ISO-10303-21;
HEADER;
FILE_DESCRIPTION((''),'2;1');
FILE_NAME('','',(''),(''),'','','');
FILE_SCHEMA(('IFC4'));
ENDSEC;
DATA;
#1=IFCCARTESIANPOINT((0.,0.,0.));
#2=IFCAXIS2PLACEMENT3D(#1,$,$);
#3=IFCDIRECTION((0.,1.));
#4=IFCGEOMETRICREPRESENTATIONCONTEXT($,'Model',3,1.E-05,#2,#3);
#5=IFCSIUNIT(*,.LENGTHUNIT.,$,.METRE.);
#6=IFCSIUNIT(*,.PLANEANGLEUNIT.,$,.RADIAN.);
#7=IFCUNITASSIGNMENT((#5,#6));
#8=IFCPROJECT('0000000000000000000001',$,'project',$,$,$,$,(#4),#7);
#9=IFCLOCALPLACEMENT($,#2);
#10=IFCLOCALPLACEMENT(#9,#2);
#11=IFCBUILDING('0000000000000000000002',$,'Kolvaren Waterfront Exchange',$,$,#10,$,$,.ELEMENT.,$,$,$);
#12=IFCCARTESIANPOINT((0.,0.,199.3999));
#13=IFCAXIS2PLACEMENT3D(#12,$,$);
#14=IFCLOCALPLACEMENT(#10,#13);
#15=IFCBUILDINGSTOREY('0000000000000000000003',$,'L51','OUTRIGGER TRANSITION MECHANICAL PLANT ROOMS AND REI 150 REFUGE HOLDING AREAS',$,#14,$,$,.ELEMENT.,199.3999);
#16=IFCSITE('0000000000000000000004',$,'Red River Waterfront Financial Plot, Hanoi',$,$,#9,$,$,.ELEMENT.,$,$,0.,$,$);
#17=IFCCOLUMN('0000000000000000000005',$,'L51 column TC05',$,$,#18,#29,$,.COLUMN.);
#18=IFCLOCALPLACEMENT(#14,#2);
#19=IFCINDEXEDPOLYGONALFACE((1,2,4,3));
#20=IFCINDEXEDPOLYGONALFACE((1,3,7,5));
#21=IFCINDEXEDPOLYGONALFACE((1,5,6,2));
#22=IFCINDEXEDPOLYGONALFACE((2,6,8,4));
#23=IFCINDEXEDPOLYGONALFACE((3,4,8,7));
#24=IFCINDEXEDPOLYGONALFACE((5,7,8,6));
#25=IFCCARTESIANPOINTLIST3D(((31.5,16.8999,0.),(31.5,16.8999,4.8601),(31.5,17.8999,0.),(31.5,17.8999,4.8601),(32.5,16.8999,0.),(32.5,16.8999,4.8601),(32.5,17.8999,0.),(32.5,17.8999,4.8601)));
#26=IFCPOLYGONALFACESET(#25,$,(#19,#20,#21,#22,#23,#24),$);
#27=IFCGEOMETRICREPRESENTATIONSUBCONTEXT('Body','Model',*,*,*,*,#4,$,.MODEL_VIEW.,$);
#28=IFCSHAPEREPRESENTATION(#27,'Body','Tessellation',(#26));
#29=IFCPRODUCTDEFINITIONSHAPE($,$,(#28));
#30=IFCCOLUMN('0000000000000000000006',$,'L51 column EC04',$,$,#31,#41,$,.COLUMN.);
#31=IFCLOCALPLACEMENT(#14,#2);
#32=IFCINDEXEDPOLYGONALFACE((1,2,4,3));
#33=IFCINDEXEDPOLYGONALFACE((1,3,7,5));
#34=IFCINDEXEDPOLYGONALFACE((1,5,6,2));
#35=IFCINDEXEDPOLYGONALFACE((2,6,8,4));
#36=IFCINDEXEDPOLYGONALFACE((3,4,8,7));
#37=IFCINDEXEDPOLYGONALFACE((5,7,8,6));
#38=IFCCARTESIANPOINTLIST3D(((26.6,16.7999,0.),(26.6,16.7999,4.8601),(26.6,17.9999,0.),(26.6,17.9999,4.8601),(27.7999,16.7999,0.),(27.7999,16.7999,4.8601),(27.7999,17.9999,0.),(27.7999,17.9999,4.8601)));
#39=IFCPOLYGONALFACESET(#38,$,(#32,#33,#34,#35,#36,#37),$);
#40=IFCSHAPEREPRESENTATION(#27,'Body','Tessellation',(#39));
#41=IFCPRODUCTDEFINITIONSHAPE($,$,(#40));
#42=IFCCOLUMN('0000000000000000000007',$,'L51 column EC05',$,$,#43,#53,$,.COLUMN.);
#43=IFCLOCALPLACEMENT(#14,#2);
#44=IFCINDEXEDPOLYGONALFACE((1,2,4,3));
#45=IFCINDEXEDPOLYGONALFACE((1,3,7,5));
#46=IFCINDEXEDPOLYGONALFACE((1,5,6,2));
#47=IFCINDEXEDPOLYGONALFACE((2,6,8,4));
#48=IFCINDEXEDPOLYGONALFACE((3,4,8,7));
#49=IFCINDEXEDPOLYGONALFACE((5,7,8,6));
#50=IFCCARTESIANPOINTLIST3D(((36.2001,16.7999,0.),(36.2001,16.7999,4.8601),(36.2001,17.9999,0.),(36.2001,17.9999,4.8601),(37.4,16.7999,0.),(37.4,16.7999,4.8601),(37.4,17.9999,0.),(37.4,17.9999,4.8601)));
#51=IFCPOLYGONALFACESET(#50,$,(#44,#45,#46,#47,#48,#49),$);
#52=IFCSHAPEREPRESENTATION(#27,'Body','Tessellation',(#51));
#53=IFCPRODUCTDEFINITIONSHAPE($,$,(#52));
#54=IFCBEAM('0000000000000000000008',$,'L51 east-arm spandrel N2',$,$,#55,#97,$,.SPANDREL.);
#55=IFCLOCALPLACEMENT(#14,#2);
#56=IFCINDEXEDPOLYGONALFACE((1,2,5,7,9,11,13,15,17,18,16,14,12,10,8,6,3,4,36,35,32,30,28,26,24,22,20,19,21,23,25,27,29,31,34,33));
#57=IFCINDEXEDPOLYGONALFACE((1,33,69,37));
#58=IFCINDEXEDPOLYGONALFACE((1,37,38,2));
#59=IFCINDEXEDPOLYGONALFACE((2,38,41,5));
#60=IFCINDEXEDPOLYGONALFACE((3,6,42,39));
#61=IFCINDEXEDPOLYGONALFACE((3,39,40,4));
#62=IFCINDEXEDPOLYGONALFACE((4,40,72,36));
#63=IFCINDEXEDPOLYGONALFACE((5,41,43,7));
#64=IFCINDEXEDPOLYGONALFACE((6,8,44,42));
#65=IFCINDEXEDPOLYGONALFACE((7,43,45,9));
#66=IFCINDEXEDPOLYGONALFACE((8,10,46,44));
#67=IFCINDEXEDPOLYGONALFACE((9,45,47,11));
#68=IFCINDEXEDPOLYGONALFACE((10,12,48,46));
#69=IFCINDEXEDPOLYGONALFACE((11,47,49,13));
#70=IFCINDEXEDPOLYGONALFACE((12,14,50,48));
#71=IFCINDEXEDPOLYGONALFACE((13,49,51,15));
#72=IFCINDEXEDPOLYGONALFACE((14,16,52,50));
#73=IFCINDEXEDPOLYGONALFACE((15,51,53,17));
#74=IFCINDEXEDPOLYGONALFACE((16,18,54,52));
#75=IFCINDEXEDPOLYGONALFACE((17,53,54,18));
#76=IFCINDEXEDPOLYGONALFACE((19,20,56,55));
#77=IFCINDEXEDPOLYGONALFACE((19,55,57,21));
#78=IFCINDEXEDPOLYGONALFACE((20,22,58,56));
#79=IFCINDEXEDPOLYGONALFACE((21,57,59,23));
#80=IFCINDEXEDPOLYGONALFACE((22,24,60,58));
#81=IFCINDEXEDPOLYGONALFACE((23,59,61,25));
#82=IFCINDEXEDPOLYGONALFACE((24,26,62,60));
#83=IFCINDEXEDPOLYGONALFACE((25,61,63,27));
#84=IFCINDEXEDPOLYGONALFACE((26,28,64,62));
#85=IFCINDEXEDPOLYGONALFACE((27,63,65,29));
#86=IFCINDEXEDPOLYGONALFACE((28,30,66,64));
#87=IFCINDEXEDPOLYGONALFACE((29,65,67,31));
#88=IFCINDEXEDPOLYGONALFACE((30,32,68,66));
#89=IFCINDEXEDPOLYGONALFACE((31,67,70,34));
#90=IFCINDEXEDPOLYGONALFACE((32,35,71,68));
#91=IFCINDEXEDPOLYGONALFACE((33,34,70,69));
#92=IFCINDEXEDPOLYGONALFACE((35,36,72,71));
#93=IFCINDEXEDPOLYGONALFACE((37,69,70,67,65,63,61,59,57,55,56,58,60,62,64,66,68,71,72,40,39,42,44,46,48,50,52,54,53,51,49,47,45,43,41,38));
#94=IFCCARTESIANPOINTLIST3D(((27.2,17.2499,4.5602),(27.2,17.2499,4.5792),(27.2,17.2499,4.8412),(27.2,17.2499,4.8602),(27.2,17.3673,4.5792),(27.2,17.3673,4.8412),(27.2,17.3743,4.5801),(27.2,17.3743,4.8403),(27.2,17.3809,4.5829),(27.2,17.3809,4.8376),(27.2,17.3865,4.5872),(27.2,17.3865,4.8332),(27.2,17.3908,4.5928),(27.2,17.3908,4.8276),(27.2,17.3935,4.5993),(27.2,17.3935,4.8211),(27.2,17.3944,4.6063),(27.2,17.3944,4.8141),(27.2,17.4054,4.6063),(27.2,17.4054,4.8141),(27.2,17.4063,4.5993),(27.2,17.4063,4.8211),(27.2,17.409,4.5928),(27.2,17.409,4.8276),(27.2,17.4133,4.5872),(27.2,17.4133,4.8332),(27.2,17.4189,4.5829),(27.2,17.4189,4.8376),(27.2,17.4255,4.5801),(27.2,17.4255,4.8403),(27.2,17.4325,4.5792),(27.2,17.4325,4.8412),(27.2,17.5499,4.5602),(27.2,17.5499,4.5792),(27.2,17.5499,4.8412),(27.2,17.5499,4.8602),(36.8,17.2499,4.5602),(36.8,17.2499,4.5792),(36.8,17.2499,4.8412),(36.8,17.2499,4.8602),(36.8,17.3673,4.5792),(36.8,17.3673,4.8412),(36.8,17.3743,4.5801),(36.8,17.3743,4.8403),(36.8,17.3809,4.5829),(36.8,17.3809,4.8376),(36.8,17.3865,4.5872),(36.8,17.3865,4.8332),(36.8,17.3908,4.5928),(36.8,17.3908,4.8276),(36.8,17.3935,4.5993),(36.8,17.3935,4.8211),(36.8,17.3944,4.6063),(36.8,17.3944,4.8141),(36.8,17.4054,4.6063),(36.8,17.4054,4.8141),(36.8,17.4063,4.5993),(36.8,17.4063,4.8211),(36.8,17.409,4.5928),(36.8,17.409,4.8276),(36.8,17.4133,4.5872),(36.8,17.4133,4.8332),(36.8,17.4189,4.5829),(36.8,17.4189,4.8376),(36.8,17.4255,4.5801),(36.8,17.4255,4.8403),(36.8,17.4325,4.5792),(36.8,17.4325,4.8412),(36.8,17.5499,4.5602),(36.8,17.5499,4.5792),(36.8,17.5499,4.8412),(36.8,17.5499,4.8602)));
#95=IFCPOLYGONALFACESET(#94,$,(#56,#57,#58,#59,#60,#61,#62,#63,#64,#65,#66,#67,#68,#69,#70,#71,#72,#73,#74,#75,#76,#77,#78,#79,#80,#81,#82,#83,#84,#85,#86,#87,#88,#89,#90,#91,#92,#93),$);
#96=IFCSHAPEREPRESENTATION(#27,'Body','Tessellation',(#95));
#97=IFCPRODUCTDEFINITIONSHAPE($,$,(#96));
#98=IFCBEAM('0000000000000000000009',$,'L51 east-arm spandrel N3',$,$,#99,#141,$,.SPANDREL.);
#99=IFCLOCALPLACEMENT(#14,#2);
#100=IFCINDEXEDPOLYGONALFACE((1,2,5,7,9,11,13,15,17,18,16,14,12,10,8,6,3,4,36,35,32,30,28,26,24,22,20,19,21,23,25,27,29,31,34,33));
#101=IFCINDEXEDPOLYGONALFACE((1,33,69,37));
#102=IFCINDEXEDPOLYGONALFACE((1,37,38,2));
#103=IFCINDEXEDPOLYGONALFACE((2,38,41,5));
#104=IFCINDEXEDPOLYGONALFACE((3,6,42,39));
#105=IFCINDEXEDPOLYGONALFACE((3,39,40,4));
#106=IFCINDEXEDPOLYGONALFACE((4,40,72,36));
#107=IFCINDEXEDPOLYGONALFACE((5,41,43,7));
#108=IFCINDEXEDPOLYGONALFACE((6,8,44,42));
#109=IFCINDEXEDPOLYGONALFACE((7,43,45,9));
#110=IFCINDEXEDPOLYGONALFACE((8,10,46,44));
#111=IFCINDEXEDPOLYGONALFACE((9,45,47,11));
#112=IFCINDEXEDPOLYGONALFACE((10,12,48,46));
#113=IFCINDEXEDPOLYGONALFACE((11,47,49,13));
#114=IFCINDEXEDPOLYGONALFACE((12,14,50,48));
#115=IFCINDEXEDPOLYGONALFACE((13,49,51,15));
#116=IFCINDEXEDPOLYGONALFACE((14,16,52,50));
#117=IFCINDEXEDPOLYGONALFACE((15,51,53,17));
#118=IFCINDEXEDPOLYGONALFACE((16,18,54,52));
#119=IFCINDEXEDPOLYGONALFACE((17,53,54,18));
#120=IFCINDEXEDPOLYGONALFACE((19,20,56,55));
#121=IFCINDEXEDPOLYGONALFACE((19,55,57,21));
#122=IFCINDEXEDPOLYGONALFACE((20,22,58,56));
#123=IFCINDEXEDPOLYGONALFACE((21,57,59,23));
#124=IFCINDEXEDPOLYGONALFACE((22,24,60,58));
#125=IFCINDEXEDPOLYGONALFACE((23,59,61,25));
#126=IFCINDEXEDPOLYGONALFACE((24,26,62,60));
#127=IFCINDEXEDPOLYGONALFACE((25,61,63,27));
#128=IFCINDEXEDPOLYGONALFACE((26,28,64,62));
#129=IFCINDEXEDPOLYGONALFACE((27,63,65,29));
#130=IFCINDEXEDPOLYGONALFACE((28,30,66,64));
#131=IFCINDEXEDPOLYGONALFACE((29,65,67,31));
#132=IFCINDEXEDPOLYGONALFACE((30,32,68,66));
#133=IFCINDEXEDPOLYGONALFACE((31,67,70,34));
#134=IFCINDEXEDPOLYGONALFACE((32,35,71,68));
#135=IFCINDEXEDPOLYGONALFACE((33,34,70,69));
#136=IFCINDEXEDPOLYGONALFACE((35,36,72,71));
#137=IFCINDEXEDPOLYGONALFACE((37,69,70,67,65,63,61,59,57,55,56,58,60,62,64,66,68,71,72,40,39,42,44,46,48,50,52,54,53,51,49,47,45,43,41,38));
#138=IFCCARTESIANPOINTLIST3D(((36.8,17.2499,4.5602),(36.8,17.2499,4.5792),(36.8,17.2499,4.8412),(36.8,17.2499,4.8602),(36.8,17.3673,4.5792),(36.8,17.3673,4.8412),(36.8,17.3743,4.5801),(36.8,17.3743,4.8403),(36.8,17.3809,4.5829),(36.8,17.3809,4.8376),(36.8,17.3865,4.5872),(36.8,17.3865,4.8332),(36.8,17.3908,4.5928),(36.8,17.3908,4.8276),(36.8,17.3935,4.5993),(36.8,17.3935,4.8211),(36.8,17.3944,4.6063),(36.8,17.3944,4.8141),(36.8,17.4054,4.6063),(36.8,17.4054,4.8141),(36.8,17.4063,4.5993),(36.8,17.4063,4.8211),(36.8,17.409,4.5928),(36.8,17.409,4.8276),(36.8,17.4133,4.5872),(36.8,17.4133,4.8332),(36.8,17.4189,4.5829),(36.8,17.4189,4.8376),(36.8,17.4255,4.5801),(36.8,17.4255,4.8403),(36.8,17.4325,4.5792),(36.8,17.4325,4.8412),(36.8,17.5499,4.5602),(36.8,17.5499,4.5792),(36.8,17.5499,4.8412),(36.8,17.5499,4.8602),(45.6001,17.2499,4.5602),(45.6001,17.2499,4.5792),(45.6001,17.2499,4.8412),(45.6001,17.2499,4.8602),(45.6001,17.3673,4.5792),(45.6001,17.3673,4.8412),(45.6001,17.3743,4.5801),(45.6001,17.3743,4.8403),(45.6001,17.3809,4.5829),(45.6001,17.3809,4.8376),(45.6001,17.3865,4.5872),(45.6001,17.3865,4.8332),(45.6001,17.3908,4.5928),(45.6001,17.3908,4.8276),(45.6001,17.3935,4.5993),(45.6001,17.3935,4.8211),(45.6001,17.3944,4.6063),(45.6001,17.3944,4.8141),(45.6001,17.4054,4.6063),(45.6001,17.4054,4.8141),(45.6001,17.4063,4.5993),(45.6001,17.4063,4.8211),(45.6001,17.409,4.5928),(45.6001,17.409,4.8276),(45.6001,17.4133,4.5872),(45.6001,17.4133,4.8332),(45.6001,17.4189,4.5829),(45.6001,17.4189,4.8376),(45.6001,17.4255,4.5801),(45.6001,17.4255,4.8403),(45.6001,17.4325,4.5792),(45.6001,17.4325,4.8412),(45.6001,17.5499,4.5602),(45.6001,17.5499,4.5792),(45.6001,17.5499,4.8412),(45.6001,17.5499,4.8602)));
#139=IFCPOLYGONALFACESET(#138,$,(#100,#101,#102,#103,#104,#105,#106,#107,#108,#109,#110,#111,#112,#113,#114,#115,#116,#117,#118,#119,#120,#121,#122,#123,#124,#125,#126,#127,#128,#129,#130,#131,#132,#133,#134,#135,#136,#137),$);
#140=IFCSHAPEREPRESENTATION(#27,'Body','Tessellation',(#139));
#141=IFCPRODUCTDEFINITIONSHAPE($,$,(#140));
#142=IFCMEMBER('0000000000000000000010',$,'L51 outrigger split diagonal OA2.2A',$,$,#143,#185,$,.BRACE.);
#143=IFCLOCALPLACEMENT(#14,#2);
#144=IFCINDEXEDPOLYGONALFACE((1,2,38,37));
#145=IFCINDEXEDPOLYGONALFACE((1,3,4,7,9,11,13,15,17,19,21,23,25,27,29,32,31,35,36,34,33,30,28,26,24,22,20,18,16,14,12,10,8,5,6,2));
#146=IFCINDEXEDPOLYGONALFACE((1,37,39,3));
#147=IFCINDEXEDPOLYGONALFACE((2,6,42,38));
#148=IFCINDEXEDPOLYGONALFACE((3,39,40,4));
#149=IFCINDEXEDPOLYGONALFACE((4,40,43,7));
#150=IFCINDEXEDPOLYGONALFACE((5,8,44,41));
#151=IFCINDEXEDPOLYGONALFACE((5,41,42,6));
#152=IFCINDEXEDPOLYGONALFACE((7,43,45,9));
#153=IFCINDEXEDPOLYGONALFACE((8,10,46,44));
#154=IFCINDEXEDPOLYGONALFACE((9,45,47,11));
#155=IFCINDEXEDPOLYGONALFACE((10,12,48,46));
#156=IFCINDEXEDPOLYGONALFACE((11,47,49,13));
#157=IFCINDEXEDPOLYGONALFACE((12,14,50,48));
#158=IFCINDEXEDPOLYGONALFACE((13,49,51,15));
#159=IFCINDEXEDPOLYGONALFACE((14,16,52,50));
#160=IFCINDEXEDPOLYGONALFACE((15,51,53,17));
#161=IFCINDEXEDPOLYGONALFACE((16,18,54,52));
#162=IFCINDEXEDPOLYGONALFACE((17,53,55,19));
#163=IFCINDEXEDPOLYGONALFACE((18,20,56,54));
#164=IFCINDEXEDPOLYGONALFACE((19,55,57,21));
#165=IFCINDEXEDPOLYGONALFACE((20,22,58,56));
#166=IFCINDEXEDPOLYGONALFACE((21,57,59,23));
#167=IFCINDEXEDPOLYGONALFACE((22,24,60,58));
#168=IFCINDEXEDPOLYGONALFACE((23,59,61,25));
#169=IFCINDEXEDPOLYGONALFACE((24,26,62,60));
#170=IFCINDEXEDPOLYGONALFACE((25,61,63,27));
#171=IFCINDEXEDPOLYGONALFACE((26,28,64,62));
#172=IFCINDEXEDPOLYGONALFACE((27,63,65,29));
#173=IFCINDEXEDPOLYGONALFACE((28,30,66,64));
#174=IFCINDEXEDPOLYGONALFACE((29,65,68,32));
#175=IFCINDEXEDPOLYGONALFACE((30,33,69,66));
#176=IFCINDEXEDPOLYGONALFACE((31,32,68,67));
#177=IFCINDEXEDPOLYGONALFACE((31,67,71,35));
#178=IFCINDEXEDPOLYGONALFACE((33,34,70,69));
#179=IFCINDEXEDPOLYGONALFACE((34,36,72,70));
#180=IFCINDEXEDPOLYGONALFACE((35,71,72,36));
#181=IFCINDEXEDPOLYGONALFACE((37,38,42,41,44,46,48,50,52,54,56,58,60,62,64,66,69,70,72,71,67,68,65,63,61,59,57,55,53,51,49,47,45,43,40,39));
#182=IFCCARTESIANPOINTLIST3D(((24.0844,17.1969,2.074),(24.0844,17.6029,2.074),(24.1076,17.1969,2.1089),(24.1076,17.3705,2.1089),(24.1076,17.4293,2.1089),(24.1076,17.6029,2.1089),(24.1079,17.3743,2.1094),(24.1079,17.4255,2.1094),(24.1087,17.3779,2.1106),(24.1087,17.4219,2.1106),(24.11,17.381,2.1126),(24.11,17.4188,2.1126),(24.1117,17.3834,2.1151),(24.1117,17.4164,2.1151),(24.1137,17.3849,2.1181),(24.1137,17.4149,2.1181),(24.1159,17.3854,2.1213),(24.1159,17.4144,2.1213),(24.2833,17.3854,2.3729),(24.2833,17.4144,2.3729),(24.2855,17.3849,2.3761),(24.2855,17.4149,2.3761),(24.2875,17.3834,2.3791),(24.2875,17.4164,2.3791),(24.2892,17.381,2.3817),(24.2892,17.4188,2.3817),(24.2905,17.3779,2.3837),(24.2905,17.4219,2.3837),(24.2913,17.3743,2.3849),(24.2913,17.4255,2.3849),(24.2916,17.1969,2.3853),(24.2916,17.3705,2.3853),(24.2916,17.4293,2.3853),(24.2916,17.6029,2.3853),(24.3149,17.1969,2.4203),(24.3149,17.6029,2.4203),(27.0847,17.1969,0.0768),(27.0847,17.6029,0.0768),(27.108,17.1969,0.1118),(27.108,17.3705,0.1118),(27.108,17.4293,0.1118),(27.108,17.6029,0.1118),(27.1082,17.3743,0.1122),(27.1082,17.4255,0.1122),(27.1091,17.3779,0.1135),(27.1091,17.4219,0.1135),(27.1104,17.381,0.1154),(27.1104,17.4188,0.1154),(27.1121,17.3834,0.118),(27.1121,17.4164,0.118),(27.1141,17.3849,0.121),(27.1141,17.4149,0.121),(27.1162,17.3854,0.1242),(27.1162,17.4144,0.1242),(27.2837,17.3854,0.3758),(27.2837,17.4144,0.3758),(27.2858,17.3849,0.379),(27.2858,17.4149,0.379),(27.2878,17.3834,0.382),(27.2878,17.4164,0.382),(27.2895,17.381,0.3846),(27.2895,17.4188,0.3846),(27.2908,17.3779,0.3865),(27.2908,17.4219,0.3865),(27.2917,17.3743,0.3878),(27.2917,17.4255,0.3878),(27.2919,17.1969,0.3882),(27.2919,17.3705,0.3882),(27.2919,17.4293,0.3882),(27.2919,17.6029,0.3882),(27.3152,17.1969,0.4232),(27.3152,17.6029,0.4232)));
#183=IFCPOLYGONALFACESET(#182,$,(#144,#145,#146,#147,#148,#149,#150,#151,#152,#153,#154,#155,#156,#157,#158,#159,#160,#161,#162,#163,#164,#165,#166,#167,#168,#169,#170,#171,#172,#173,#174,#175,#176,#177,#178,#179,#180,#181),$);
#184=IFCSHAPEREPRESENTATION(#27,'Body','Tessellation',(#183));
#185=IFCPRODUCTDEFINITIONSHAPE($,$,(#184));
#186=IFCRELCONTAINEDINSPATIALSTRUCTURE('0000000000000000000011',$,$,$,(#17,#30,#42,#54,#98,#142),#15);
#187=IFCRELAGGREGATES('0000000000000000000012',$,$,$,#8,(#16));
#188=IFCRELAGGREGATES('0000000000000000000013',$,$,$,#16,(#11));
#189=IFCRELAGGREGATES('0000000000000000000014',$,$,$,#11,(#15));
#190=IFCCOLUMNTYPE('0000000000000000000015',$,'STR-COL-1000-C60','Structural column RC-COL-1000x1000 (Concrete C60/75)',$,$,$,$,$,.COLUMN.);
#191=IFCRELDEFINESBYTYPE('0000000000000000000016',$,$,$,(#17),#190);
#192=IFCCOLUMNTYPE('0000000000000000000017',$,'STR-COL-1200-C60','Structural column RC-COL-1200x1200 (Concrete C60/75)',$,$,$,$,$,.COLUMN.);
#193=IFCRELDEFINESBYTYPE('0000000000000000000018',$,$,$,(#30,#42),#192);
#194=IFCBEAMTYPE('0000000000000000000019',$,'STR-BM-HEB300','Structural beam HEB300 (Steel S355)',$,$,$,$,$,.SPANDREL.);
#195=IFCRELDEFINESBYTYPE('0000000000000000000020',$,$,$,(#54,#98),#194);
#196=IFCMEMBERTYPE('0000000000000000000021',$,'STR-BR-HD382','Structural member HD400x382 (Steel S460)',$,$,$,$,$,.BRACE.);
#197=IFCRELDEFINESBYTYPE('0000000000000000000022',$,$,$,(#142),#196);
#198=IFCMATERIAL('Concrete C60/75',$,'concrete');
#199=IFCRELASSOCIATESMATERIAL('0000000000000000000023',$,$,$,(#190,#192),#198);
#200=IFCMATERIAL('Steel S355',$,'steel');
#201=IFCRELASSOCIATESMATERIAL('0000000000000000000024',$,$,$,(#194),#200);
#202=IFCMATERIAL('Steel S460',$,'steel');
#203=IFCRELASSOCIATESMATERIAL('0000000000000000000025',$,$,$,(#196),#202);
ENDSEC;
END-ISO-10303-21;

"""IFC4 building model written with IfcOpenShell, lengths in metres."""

from ifc_helpers import new_model, si_unit, direction, frame, origin, origin_2d, place, context, subcontext, project, spatial, rectangle, i_section, extrude, material, material_profile, profile_set, type_object, element, save


model = new_model("IFC4")

# Units and contexts
model_context = context("Model", 3, precision=1e-05, world=origin(), true_north=direction((0.0, 1.0)))
body_context = subcontext(model_context, "Body", "Model", "MODEL_VIEW")
ifc_project = project(units=[si_unit("LENGTHUNIT", "METRE"), si_unit("PLANEANGLEUNIT", "RADIAN")], contexts=[model_context])

# Site, building, storey
site_placement = place(None, origin())
site = spatial("IfcSite", under=ifc_project, at=site_placement, Name="Red River Waterfront Financial Plot, Hanoi", CompositionType="ELEMENT", RefElevation=0.0)
building_placement = place(site_placement, origin())
building = spatial("IfcBuilding", under=site, at=building_placement, Name="Kolvaren Waterfront Exchange", CompositionType="ELEMENT")
storey_placement = place(building_placement, frame((0.0, 0.0, 199.3999)))
storey = spatial("IfcBuildingStorey", under=building, at=storey_placement, Name="L51", Description="OUTRIGGER TRANSITION MECHANICAL PLANT ROOMS AND REI 150 REFUGE HOLDING AREAS", CompositionType="ELEMENT", Elevation=199.3999)

# Columns
ifc_material_1 = material(Name="Concrete C60/75", Category="concrete")
ifc_material_profile_1 = material_profile(ifc_material_1, rectangle(XDim=1.0, YDim=1.0, at=origin_2d()), Name="RC-COL-1000x1000")
ifc_profile_set_1 = profile_set([ifc_material_profile_1], Name="Concrete C60/75")
column_type_1 = type_object("IfcColumnType", Name="STR-COL-1000-C60", Description="Structural column RC-COL-1000x1000 (Concrete C60/75)", PredefinedType="COLUMN", material=ifc_profile_set_1)
column_placement = place(storey_placement, frame((32.0, 17.3999, 0.0), z_axis=(0.0, 0.0, 1.0), x_axis=(1.0, 0.0, 0.0)))
element("IfcColumn", 1, at=column_placement, inside=storey, type_object=column_type_1, Name="L51 column TC05", PredefinedType="COLUMN", context=body_context, shape_type="SweptSolid", body=[
    extrude(rectangle(XDim=1.0, YDim=1.0, at=origin_2d()), origin(), (0.0, 0.0, 1.0), 4.8601),
])
ifc_material_profile_2 = material_profile(ifc_material_1, rectangle(XDim=1.2, YDim=1.2, at=origin_2d()), Name="RC-COL-1200x1200")
ifc_profile_set_2 = profile_set([ifc_material_profile_2], Name="Concrete C60/75")
column_type_2 = type_object("IfcColumnType", Name="STR-COL-1200-C60", Description="Structural column RC-COL-1200x1200 (Concrete C60/75)", PredefinedType="COLUMN", material=ifc_profile_set_2)
for number, where, z_axis, x_axis, name in (
    (2, (27.2, 17.3999, 0.0), (0.0, 0.0, 1.0), (1.0, 0.0, 0.0), "L51 column EC04"),
    (3, (36.8, 17.3999, 0.0), (0.0, 0.0, 1.0), (1.0, 0.0, 0.0), "L51 column EC05"),
):
    element("IfcColumn", number, at=place(storey_placement, frame(where, z_axis=z_axis, x_axis=x_axis)), inside=storey, type_object=column_type_2, Name=name, PredefinedType="COLUMN", context=body_context, shape_type="SweptSolid", body=[
        extrude(rectangle(XDim=1.2, YDim=1.2, at=origin_2d()), origin(), (0.0, 0.0, 1.0), 4.8601),
    ])

# Beams
ifc_material_2 = material(Name="Steel S355", Category="steel")
ifc_material_profile_3 = material_profile(ifc_material_2, i_section(OverallWidth=0.3, OverallDepth=0.3, WebThickness=0.011, FlangeThickness=0.019, FilletRadius=0.0271, at=origin_2d()), Name="HEB300")
ifc_profile_set_3 = profile_set([ifc_material_profile_3], Name="Steel S355")
beam_type = type_object("IfcBeamType", Name="STR-BM-HEB300", Description="Structural beam HEB300 (Steel S355)", PredefinedType="SPANDREL", material=ifc_profile_set_3)
beam_1_placement = place(storey_placement, frame((27.2, 17.3999, 4.7102), z_axis=(1.0, 0.0, 0.0), x_axis=(0.0, 1.0, 0.0)))
element("IfcBeam", 4, at=beam_1_placement, inside=storey, type_object=beam_type, Name="L51 east-arm spandrel N2", PredefinedType="SPANDREL", context=body_context, shape_type="SweptSolid", body=[
    extrude(i_section(OverallWidth=0.3, OverallDepth=0.3, WebThickness=0.011, FlangeThickness=0.019, FilletRadius=0.0271, at=origin_2d()), origin(), (0.0, 0.0, 1.0), 9.6001),
])
beam_2_placement = place(storey_placement, frame((36.8, 17.3999, 4.7102), z_axis=(1.0, 0.0, 0.0), x_axis=(0.0, 1.0, 0.0)))
element("IfcBeam", 5, at=beam_2_placement, inside=storey, type_object=beam_type, Name="L51 east-arm spandrel N3", PredefinedType="SPANDREL", context=body_context, shape_type="SweptSolid", body=[
    extrude(i_section(OverallWidth=0.3, OverallDepth=0.3, WebThickness=0.011, FlangeThickness=0.019, FilletRadius=0.0271, at=origin_2d()), origin(), (0.0, 0.0, 1.0), 8.8),
])

# Member
ifc_material_3 = material(Name="Steel S460", Category="steel")
ifc_material_profile_4 = material_profile(ifc_material_3, i_section(OverallWidth=0.406, OverallDepth=0.416, WebThickness=0.0291, FlangeThickness=0.042, FilletRadius=0.0149, at=origin_2d()), Name="HD400x382")
ifc_profile_set_4 = profile_set([ifc_material_profile_4], Name="Steel S460")
member_type_1 = type_object("IfcMemberType", Name="STR-BR-HD382", Description="Structural member HD400x382 (Steel S460)", PredefinedType="BRACE", material=ifc_profile_set_4)
member_1_placement = place(storey_placement, frame((27.2, 17.3999, 0.25), z_axis=(-0.832446, 0.0, 0.554106), x_axis=(0.0, -1.0, 0.0)))
element("IfcMember", 6, at=member_1_placement, inside=storey, type_object=member_type_1, Name="L51 outrigger split diagonal OA2.2A", PredefinedType="BRACE", context=body_context, shape_type="SweptSolid", body=[
    extrude(i_section(OverallWidth=0.406, OverallDepth=0.416, WebThickness=0.0291, FlangeThickness=0.042, FilletRadius=0.0149, at=origin_2d()), origin(), (0.0, 0.0, 1.0), 3.6042),
])

save(model, "model.ifc")
